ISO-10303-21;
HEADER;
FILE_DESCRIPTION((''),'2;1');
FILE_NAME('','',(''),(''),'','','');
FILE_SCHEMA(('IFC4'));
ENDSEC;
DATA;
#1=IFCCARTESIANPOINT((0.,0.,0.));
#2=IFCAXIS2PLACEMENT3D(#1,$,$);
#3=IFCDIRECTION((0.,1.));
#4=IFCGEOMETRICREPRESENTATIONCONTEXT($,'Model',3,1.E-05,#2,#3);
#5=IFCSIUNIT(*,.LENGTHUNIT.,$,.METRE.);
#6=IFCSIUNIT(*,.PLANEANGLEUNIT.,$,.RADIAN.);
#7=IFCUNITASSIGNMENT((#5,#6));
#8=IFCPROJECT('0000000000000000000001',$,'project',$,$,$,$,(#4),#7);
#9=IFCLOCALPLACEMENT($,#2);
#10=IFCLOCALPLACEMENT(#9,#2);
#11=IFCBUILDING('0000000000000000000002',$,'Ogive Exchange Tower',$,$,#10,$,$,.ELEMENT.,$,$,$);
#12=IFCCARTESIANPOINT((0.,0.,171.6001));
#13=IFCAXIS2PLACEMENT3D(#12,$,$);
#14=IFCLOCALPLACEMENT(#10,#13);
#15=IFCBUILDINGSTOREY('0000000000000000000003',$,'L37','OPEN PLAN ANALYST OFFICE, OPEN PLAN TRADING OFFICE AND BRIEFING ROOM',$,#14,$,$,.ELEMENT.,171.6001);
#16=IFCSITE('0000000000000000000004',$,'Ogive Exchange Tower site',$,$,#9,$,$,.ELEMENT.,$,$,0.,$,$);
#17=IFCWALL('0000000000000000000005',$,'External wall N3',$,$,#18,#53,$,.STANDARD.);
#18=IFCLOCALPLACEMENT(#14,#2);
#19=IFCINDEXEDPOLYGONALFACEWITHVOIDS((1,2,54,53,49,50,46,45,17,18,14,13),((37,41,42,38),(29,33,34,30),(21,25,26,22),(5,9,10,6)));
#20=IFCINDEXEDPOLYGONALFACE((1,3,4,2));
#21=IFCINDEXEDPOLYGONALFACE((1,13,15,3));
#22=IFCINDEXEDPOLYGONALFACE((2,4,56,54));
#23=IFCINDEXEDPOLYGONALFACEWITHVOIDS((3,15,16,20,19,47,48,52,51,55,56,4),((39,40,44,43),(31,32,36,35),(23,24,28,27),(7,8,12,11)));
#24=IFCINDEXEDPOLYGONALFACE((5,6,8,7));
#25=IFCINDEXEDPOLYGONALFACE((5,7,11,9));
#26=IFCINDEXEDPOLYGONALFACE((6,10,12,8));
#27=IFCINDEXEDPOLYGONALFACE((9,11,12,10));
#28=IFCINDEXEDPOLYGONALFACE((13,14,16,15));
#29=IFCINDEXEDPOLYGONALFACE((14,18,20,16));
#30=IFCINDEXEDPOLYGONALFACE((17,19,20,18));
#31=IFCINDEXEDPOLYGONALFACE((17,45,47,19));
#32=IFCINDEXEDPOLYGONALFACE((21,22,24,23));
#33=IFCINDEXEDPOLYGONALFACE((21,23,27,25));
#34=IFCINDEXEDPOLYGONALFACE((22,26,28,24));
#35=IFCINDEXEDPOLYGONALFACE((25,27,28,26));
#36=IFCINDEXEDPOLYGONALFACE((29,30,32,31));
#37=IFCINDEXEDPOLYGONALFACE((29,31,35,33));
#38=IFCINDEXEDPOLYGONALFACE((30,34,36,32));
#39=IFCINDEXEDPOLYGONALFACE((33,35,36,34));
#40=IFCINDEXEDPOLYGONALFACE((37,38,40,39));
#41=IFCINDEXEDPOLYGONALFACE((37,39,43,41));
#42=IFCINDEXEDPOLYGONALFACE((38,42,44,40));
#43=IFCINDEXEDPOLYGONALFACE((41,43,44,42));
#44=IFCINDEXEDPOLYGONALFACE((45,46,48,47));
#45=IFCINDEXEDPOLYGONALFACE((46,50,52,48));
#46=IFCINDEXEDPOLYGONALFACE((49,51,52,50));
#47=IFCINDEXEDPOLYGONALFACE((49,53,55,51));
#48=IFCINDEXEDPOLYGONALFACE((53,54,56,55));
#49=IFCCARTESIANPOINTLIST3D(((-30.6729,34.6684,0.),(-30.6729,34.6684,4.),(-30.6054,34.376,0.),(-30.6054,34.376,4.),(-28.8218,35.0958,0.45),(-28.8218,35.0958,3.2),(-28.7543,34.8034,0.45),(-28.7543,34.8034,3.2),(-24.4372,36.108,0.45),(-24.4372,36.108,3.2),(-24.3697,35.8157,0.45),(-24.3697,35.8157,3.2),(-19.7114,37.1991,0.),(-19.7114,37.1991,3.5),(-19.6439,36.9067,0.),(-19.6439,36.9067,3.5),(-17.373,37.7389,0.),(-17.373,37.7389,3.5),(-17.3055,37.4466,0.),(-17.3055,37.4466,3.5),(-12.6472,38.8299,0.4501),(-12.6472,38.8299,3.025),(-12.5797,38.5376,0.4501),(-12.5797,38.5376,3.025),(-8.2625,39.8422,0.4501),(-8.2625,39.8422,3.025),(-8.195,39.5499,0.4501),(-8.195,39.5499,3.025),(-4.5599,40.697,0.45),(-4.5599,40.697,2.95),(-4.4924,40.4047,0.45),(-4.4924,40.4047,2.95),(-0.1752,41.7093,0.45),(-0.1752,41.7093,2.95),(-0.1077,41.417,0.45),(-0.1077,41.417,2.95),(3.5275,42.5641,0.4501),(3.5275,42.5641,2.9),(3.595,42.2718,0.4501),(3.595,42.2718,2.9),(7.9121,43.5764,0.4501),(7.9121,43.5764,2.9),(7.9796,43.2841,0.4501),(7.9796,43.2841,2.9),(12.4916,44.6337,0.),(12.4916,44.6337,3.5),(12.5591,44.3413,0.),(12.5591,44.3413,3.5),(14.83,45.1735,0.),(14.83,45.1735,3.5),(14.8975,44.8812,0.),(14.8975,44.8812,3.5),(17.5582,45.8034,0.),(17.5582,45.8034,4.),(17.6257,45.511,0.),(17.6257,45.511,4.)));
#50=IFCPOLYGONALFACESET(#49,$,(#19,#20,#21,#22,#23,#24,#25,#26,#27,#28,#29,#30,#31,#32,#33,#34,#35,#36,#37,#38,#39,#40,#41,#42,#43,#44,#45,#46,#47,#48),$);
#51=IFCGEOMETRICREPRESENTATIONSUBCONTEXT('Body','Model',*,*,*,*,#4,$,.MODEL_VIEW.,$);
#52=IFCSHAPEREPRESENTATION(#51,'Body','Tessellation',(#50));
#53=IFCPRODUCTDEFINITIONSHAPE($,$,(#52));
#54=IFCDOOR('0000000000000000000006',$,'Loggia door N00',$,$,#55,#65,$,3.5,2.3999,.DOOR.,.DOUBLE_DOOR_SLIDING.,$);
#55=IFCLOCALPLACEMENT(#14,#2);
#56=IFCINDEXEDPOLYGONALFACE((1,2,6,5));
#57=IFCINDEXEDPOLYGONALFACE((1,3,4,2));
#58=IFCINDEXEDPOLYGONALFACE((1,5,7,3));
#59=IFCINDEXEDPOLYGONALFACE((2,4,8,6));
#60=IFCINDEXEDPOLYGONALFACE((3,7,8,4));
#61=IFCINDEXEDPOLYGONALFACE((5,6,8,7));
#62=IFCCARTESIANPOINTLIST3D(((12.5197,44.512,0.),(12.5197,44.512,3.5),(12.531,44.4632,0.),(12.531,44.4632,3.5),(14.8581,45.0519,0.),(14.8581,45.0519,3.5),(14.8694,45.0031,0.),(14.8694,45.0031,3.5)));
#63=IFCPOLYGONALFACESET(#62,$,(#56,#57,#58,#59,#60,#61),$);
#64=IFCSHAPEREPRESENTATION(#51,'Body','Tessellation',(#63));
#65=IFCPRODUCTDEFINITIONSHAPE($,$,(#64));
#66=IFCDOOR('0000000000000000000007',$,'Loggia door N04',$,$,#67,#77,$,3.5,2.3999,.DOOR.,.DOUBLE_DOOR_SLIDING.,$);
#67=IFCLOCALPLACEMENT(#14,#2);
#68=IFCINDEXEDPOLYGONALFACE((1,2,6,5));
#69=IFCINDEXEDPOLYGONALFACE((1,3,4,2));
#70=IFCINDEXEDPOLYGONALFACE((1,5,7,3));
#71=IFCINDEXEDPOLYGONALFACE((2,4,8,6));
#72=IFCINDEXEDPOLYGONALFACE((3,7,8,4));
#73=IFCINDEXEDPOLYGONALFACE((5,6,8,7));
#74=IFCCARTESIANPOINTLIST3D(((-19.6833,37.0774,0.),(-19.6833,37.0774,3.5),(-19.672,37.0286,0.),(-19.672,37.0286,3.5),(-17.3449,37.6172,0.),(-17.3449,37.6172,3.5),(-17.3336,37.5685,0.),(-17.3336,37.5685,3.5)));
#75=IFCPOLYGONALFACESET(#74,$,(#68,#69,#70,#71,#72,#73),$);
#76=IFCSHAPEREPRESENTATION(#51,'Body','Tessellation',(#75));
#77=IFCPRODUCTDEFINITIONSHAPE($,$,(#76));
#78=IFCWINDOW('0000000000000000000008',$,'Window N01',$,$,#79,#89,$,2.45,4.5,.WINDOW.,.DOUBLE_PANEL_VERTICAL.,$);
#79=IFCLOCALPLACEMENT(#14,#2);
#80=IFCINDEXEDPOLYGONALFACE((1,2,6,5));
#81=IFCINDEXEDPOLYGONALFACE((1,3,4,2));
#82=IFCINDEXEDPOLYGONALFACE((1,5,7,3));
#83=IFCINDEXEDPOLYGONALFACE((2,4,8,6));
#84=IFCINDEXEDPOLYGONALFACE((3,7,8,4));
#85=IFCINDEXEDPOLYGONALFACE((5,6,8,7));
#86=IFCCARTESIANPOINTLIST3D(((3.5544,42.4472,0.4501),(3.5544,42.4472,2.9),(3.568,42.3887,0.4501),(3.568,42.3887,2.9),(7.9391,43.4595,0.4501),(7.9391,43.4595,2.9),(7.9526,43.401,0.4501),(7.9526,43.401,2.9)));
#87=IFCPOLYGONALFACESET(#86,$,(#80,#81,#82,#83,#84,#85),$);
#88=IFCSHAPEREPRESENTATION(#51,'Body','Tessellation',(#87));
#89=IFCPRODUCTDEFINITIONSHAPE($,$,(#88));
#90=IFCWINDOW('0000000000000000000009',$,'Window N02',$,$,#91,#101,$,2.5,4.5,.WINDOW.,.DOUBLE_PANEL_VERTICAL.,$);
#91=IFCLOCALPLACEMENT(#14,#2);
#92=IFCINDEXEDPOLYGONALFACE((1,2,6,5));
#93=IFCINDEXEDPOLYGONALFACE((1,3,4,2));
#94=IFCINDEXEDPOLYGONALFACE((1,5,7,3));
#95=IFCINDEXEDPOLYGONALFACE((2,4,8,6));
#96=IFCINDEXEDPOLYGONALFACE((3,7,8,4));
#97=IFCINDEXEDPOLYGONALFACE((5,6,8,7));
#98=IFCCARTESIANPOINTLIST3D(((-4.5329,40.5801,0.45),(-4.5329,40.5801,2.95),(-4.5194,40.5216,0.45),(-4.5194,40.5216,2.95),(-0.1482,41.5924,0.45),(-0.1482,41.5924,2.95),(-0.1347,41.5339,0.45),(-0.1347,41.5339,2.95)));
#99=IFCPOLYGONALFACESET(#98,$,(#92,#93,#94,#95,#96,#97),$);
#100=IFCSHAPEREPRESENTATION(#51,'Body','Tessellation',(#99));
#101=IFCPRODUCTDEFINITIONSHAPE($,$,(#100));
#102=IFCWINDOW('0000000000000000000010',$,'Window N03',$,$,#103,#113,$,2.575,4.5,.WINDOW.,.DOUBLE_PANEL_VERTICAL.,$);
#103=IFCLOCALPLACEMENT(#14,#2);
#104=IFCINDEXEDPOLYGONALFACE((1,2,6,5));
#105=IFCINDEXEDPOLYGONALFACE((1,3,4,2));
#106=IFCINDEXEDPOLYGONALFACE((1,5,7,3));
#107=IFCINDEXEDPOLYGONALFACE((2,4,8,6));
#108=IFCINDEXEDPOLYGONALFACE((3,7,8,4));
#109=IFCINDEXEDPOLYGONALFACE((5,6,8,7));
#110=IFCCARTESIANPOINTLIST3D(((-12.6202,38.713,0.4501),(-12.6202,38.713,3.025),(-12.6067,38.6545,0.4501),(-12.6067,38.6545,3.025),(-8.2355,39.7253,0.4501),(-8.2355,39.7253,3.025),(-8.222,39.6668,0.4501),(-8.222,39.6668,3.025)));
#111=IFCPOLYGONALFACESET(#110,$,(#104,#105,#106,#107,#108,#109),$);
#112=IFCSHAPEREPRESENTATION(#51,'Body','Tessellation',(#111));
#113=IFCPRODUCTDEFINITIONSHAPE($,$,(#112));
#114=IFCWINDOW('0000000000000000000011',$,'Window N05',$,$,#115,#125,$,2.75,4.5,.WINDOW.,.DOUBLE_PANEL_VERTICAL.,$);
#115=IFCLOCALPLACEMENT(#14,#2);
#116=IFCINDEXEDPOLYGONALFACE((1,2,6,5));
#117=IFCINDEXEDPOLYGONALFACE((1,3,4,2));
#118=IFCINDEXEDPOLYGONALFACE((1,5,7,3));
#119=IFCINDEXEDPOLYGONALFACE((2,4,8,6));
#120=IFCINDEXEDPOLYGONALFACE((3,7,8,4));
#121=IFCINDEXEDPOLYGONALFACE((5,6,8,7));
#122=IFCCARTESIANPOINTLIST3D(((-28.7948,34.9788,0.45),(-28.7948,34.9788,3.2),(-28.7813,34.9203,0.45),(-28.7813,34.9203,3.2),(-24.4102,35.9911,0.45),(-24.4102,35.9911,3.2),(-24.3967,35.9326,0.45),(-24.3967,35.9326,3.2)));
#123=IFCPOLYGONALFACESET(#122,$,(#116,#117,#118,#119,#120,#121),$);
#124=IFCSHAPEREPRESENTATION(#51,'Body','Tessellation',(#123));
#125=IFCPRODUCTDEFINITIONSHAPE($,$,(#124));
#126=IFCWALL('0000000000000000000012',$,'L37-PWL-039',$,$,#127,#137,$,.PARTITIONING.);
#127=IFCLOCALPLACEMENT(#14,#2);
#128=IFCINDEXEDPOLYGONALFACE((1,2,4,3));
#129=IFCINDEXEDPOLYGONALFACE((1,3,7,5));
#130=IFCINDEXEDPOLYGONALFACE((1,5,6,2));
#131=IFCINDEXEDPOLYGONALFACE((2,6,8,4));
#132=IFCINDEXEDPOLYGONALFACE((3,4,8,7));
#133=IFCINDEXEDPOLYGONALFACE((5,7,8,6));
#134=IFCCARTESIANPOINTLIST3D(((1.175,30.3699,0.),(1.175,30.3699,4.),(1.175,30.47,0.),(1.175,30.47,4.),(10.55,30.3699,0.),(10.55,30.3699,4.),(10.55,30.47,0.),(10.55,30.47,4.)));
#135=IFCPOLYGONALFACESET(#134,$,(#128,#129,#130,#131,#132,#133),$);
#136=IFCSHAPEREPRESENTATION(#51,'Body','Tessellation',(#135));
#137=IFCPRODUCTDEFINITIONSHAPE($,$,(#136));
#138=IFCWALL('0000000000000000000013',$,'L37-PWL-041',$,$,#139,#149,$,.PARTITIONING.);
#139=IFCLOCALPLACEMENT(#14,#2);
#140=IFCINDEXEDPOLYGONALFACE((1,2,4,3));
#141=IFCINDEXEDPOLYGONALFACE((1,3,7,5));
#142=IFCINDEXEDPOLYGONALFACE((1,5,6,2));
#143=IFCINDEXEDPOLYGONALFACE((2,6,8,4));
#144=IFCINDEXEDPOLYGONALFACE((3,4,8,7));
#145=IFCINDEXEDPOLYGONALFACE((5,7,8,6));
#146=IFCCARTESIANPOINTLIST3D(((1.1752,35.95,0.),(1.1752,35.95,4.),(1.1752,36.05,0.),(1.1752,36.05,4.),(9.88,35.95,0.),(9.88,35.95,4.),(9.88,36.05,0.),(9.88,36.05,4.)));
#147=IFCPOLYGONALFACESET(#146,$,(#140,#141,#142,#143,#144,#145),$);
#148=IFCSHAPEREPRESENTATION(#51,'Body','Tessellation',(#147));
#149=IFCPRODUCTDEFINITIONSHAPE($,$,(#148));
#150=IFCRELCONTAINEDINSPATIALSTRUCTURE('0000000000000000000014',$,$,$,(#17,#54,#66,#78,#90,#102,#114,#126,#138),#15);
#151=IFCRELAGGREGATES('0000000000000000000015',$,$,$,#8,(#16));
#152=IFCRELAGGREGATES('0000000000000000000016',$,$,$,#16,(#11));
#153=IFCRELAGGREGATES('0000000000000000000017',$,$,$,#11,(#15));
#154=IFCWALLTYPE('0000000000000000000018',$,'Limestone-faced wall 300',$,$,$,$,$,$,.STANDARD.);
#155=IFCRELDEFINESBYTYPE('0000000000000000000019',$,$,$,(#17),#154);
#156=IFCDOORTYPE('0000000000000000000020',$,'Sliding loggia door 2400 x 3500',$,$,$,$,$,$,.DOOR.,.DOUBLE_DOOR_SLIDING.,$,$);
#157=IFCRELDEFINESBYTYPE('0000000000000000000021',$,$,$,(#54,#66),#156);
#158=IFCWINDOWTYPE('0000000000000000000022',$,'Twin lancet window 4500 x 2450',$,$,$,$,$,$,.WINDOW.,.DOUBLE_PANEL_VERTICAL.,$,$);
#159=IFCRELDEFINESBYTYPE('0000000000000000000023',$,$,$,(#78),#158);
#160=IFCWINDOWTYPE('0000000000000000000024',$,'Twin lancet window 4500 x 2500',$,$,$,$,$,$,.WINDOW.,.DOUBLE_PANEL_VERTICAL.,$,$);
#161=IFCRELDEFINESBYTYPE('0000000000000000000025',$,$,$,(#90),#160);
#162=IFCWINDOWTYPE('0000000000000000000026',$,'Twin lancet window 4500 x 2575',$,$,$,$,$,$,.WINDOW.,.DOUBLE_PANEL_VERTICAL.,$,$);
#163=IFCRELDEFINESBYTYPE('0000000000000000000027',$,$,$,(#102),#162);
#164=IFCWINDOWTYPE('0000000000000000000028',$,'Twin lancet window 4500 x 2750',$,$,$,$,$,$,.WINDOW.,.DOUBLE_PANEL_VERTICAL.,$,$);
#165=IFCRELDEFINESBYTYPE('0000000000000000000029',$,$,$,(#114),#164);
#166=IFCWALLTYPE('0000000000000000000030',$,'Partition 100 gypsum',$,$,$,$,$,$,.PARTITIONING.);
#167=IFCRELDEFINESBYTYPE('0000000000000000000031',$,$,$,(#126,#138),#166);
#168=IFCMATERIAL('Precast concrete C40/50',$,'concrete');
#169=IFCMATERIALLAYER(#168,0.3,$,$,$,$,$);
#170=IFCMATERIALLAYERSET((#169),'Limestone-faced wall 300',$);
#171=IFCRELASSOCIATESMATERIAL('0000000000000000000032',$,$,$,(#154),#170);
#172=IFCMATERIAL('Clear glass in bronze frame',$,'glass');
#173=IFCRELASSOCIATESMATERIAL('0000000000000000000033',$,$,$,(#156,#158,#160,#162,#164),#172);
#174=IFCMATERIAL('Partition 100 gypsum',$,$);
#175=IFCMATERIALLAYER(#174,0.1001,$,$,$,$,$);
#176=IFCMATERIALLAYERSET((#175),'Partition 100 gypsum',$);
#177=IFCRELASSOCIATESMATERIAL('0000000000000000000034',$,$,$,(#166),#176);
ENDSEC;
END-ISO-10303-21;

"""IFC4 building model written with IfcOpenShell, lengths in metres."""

from ifc_helpers import new_model, si_unit, direction, frame, frame_2d, origin, place, context, subcontext, project, spatial, rectangle, extrude, material, layer, layer_set, type_object, element, fill, save


model = new_model("IFC4")

# Units and contexts
model_context = context("Model", 3, precision=1e-05, world=origin(), true_north=direction((0.0, 1.0)))
body_context = subcontext(model_context, "Body", "Model", "MODEL_VIEW")
ifc_project = project(units=[si_unit("LENGTHUNIT", "METRE"), si_unit("PLANEANGLEUNIT", "RADIAN")], contexts=[model_context])

# Site, building, storey
site_placement = place(None, origin())
site = spatial("IfcSite", under=ifc_project, at=site_placement, Name="Ogive Exchange Tower site", CompositionType="ELEMENT", RefElevation=0.0)
building_placement = place(site_placement, origin())
building = spatial("IfcBuilding", under=site, at=building_placement, Name="Ogive Exchange Tower", CompositionType="ELEMENT")
storey_placement = place(building_placement, frame((0.0, 0.0, 171.6001)))
storey = spatial("IfcBuildingStorey", under=building, at=storey_placement, Name="L37", Description="OPEN PLAN ANALYST OFFICE, OPEN PLAN TRADING OFFICE AND BRIEFING ROOM", CompositionType="ELEMENT", Elevation=171.6001)

# Wall, openings, doors, windows
ifc_material_1 = material(Name="Precast concrete C40/50", Category="concrete")
ifc_layer_1 = layer(ifc_material_1, 0.3)
ifc_layer_set_1 = layer_set([ifc_layer_1], Name="Limestone-faced wall 300")
wall_type_1 = type_object("IfcWallType", Name="Limestone-faced wall 300", PredefinedType="STANDARD", material=ifc_layer_set_1)
wall_1_placement = place(storey_placement, frame((17.592, 45.6572, 0.0), z_axis=(0.0, 0.0, 1.0), x_axis=(-0.97437, -0.22495, 0.0)))
wall_1 = element("IfcWall", 1, at=wall_1_placement, inside=storey, type_object=wall_type_1, Name="External wall N3", PredefinedType="STANDARD", context=body_context, shape_type="SweptSolid", body=[
    extrude(rectangle(XDim=49.4998, YDim=0.3, at=frame_2d((24.75, 0.0))), origin(), (0.0, 0.0, 1.0), 4.0),
])
opening_1_placement = place(wall_1_placement, frame((2.8, 0.0, 0.0)))
opening_1 = element("IfcOpeningElement", 2, at=opening_1_placement, cuts=wall_1, PredefinedType="OPENING", context=body_context, shape_type="SweptSolid", body=[
    extrude(rectangle(XDim=2.3999, YDim=3.5, at=frame_2d((1.2, 1.75))), frame((0.0, 0.1599, 0.0), z_axis=(0.0, -1.0, 0.0), x_axis=(1.0, 0.0, 0.0)), (0.0, 0.0, 1.0), 0.3201),
])
opening_2_placement = place(wall_1_placement, frame((9.8999, 0.0, 0.45)))
opening_2 = element("IfcOpeningElement", 3, at=opening_2_placement, cuts=wall_1, PredefinedType="OPENING", context=body_context, shape_type="SweptSolid", body=[
    extrude(rectangle(XDim=4.5, YDim=2.45, at=frame_2d((2.25, 1.2251))), frame((0.0, 0.1599, 0.0), z_axis=(0.0, -1.0, 0.0), x_axis=(1.0, 0.0, 0.0)), (0.0, 0.0, 1.0), 0.3201),
])
opening_3_placement = place(wall_1_placement, frame((18.2, 0.0, 0.45)))
opening_3 = element("IfcOpeningElement", 4, at=opening_3_placement, cuts=wall_1, PredefinedType="OPENING", context=body_context, shape_type="SweptSolid", body=[
    extrude(rectangle(XDim=4.5, YDim=2.5, at=frame_2d((2.25, 1.25))), frame((0.0, 0.1599, 0.0), z_axis=(0.0, -1.0, 0.0), x_axis=(1.0, 0.0, 0.0)), (0.0, 0.0, 1.0), 0.3201),
])
opening_4_placement = place(wall_1_placement, frame((26.5, 0.0, 0.45)))
opening_4 = element("IfcOpeningElement", 5, at=opening_4_placement, cuts=wall_1, PredefinedType="OPENING", context=body_context, shape_type="SweptSolid", body=[
    extrude(rectangle(XDim=4.5, YDim=2.575, at=frame_2d((2.25, 1.2876))), frame((0.0, 0.1599, 0.0), z_axis=(0.0, -1.0, 0.0), x_axis=(1.0, 0.0, 0.0)), (0.0, 0.0, 1.0), 0.3201),
])
opening_5_placement = place(wall_1_placement, frame((35.8501, 0.0, 0.0)))
opening_5 = element("IfcOpeningElement", 6, at=opening_5_placement, cuts=wall_1, PredefinedType="OPENING", context=body_context, shape_type="SweptSolid", body=[
    extrude(rectangle(XDim=2.3999, YDim=3.5, at=frame_2d((1.2, 1.75))), frame((0.0, 0.1599, 0.0), z_axis=(0.0, -1.0, 0.0), x_axis=(1.0, 0.0, 0.0)), (0.0, 0.0, 1.0), 0.3201),
])
opening_6_placement = place(wall_1_placement, frame((43.1001, 0.0, 0.45)))
opening_6 = element("IfcOpeningElement", 7, at=opening_6_placement, cuts=wall_1, PredefinedType="OPENING", context=body_context, shape_type="SweptSolid", body=[
    extrude(rectangle(XDim=4.5, YDim=2.75, at=frame_2d((2.25, 1.375))), frame((0.0, 0.1599, 0.0), z_axis=(0.0, -1.0, 0.0), x_axis=(1.0, 0.0, 0.0)), (0.0, 0.0, 1.0), 0.3201),
])
ifc_material_2 = material(Name="Clear glass in bronze frame", Category="glass")
door_type_1 = type_object("IfcDoorType", Name="Sliding loggia door 2400 x 3500", OperationType="DOUBLE_DOOR_SLIDING", PredefinedType="DOOR", material=ifc_material_2)
door_1_placement = place(opening_1_placement, origin())
door_1 = element("IfcDoor", 8, at=door_1_placement, inside=storey, type_object=door_type_1, Name="Loggia door N00", OperationType="DOUBLE_DOOR_SLIDING", OverallHeight=3.5, OverallWidth=2.3999, PredefinedType="DOOR", context=body_context, shape_type="SweptSolid", body=[
    extrude(rectangle(XDim=2.3999, YDim=3.5, at=frame_2d((1.2, 1.75))), frame((0.0, 0.0249, 0.0), z_axis=(0.0, -1.0, 0.0), x_axis=(1.0, 0.0, 0.0)), (0.0, 0.0, 1.0), 0.05),
])
fill(opening_1, door_1)
door_2_placement = place(opening_5_placement, origin())
door_2 = element("IfcDoor", 9, at=door_2_placement, inside=storey, type_object=door_type_1, Name="Loggia door N04", OperationType="DOUBLE_DOOR_SLIDING", OverallHeight=3.5, OverallWidth=2.3999, PredefinedType="DOOR", context=body_context, shape_type="SweptSolid", body=[
    extrude(rectangle(XDim=2.3999, YDim=3.5, at=frame_2d((1.2, 1.75))), frame((0.0, 0.0249, 0.0), z_axis=(0.0, -1.0, 0.0), x_axis=(1.0, 0.0, 0.0)), (0.0, 0.0, 1.0), 0.05),
])
fill(opening_5, door_2)
window_type_1 = type_object("IfcWindowType", Name="Twin lancet window 4500 x 2450", PartitioningType="DOUBLE_PANEL_VERTICAL", PredefinedType="WINDOW", material=ifc_material_2)
window_1_placement = place(opening_2_placement, origin())
window_1 = element("IfcWindow", 10, at=window_1_placement, inside=storey, type_object=window_type_1, Name="Window N01", OverallHeight=2.45, OverallWidth=4.5, PartitioningType="DOUBLE_PANEL_VERTICAL", PredefinedType="WINDOW", context=body_context, shape_type="SweptSolid", body=[
    extrude(rectangle(XDim=4.5, YDim=2.45, at=frame_2d((2.25, 1.2251))), frame((0.0, 0.03, 0.0), z_axis=(0.0, -1.0, 0.0), x_axis=(1.0, 0.0, 0.0)), (0.0, 0.0, 1.0), 0.0601),
])
fill(opening_2, window_1)
window_type_2 = type_object("IfcWindowType", Name="Twin lancet window 4500 x 2500", PartitioningType="DOUBLE_PANEL_VERTICAL", PredefinedType="WINDOW", material=ifc_material_2)
window_2_placement = place(opening_3_placement, origin())
window_2 = element("IfcWindow", 11, at=window_2_placement, inside=storey, type_object=window_type_2, Name="Window N02", OverallHeight=2.5, OverallWidth=4.5, PartitioningType="DOUBLE_PANEL_VERTICAL", PredefinedType="WINDOW", context=body_context, shape_type="SweptSolid", body=[
    extrude(rectangle(XDim=4.5, YDim=2.5, at=frame_2d((2.25, 1.25))), frame((0.0, 0.03, 0.0), z_axis=(0.0, -1.0, 0.0), x_axis=(1.0, 0.0, 0.0)), (0.0, 0.0, 1.0), 0.0601),
])
fill(opening_3, window_2)
window_type_3 = type_object("IfcWindowType", Name="Twin lancet window 4500 x 2575", PartitioningType="DOUBLE_PANEL_VERTICAL", PredefinedType="WINDOW", material=ifc_material_2)
window_3_placement = place(opening_4_placement, origin())
window_3 = element("IfcWindow", 12, at=window_3_placement, inside=storey, type_object=window_type_3, Name="Window N03", OverallHeight=2.575, OverallWidth=4.5, PartitioningType="DOUBLE_PANEL_VERTICAL", PredefinedType="WINDOW", context=body_context, shape_type="SweptSolid", body=[
    extrude(rectangle(XDim=4.5, YDim=2.575, at=frame_2d((2.25, 1.2876))), frame((0.0, 0.03, 0.0), z_axis=(0.0, -1.0, 0.0), x_axis=(1.0, 0.0, 0.0)), (0.0, 0.0, 1.0), 0.0601),
])
fill(opening_4, window_3)
window_type_4 = type_object("IfcWindowType", Name="Twin lancet window 4500 x 2750", PartitioningType="DOUBLE_PANEL_VERTICAL", PredefinedType="WINDOW", material=ifc_material_2)
window_4_placement = place(opening_6_placement, origin())
window_4 = element("IfcWindow", 13, at=window_4_placement, inside=storey, type_object=window_type_4, Name="Window N05", OverallHeight=2.75, OverallWidth=4.5, PartitioningType="DOUBLE_PANEL_VERTICAL", PredefinedType="WINDOW", context=body_context, shape_type="SweptSolid", body=[
    extrude(rectangle(XDim=4.5, YDim=2.75, at=frame_2d((2.25, 1.375))), frame((0.0, 0.03, 0.0), z_axis=(0.0, -1.0, 0.0), x_axis=(1.0, 0.0, 0.0)), (0.0, 0.0, 1.0), 0.0601),
])
fill(opening_6, window_4)

# Walls
ifc_material_3 = material(Name="Partition 100 gypsum")
ifc_layer_2 = layer(ifc_material_3, 0.1001)
ifc_layer_set_2 = layer_set([ifc_layer_2], Name="Partition 100 gypsum")
wall_type_2 = type_object("IfcWallType", Name="Partition 100 gypsum", PredefinedType="PARTITIONING", material=ifc_layer_set_2)
wall_2_placement = place(storey_placement, frame((1.175, 30.4199, 0.0), z_axis=(0.0, 0.0, 1.0), x_axis=(1.0, 0.0, 0.0)))
element("IfcWall", 14, at=wall_2_placement, inside=storey, type_object=wall_type_2, Name="L37-PWL-039", PredefinedType="PARTITIONING", context=body_context, shape_type="SweptSolid", body=[
    extrude(rectangle(XDim=9.375, YDim=0.1001, at=frame_2d((4.6875, 0.0))), origin(), (0.0, 0.0, 1.0), 4.0),
])
wall_3_placement = place(storey_placement, frame((1.175, 36.0, 0.0), z_axis=(0.0, 0.0, 1.0), x_axis=(1.0, 0.0, 0.0)))
element("IfcWall", 15, at=wall_3_placement, inside=storey, type_object=wall_type_2, Name="L37-PWL-041", PredefinedType="PARTITIONING", context=body_context, shape_type="SweptSolid", body=[
    extrude(rectangle(XDim=8.7048, YDim=0.1001, at=frame_2d((4.3525, 0.0))), origin(), (0.0, 0.0, 1.0), 4.0),
])

save(model, "model.ifc")
